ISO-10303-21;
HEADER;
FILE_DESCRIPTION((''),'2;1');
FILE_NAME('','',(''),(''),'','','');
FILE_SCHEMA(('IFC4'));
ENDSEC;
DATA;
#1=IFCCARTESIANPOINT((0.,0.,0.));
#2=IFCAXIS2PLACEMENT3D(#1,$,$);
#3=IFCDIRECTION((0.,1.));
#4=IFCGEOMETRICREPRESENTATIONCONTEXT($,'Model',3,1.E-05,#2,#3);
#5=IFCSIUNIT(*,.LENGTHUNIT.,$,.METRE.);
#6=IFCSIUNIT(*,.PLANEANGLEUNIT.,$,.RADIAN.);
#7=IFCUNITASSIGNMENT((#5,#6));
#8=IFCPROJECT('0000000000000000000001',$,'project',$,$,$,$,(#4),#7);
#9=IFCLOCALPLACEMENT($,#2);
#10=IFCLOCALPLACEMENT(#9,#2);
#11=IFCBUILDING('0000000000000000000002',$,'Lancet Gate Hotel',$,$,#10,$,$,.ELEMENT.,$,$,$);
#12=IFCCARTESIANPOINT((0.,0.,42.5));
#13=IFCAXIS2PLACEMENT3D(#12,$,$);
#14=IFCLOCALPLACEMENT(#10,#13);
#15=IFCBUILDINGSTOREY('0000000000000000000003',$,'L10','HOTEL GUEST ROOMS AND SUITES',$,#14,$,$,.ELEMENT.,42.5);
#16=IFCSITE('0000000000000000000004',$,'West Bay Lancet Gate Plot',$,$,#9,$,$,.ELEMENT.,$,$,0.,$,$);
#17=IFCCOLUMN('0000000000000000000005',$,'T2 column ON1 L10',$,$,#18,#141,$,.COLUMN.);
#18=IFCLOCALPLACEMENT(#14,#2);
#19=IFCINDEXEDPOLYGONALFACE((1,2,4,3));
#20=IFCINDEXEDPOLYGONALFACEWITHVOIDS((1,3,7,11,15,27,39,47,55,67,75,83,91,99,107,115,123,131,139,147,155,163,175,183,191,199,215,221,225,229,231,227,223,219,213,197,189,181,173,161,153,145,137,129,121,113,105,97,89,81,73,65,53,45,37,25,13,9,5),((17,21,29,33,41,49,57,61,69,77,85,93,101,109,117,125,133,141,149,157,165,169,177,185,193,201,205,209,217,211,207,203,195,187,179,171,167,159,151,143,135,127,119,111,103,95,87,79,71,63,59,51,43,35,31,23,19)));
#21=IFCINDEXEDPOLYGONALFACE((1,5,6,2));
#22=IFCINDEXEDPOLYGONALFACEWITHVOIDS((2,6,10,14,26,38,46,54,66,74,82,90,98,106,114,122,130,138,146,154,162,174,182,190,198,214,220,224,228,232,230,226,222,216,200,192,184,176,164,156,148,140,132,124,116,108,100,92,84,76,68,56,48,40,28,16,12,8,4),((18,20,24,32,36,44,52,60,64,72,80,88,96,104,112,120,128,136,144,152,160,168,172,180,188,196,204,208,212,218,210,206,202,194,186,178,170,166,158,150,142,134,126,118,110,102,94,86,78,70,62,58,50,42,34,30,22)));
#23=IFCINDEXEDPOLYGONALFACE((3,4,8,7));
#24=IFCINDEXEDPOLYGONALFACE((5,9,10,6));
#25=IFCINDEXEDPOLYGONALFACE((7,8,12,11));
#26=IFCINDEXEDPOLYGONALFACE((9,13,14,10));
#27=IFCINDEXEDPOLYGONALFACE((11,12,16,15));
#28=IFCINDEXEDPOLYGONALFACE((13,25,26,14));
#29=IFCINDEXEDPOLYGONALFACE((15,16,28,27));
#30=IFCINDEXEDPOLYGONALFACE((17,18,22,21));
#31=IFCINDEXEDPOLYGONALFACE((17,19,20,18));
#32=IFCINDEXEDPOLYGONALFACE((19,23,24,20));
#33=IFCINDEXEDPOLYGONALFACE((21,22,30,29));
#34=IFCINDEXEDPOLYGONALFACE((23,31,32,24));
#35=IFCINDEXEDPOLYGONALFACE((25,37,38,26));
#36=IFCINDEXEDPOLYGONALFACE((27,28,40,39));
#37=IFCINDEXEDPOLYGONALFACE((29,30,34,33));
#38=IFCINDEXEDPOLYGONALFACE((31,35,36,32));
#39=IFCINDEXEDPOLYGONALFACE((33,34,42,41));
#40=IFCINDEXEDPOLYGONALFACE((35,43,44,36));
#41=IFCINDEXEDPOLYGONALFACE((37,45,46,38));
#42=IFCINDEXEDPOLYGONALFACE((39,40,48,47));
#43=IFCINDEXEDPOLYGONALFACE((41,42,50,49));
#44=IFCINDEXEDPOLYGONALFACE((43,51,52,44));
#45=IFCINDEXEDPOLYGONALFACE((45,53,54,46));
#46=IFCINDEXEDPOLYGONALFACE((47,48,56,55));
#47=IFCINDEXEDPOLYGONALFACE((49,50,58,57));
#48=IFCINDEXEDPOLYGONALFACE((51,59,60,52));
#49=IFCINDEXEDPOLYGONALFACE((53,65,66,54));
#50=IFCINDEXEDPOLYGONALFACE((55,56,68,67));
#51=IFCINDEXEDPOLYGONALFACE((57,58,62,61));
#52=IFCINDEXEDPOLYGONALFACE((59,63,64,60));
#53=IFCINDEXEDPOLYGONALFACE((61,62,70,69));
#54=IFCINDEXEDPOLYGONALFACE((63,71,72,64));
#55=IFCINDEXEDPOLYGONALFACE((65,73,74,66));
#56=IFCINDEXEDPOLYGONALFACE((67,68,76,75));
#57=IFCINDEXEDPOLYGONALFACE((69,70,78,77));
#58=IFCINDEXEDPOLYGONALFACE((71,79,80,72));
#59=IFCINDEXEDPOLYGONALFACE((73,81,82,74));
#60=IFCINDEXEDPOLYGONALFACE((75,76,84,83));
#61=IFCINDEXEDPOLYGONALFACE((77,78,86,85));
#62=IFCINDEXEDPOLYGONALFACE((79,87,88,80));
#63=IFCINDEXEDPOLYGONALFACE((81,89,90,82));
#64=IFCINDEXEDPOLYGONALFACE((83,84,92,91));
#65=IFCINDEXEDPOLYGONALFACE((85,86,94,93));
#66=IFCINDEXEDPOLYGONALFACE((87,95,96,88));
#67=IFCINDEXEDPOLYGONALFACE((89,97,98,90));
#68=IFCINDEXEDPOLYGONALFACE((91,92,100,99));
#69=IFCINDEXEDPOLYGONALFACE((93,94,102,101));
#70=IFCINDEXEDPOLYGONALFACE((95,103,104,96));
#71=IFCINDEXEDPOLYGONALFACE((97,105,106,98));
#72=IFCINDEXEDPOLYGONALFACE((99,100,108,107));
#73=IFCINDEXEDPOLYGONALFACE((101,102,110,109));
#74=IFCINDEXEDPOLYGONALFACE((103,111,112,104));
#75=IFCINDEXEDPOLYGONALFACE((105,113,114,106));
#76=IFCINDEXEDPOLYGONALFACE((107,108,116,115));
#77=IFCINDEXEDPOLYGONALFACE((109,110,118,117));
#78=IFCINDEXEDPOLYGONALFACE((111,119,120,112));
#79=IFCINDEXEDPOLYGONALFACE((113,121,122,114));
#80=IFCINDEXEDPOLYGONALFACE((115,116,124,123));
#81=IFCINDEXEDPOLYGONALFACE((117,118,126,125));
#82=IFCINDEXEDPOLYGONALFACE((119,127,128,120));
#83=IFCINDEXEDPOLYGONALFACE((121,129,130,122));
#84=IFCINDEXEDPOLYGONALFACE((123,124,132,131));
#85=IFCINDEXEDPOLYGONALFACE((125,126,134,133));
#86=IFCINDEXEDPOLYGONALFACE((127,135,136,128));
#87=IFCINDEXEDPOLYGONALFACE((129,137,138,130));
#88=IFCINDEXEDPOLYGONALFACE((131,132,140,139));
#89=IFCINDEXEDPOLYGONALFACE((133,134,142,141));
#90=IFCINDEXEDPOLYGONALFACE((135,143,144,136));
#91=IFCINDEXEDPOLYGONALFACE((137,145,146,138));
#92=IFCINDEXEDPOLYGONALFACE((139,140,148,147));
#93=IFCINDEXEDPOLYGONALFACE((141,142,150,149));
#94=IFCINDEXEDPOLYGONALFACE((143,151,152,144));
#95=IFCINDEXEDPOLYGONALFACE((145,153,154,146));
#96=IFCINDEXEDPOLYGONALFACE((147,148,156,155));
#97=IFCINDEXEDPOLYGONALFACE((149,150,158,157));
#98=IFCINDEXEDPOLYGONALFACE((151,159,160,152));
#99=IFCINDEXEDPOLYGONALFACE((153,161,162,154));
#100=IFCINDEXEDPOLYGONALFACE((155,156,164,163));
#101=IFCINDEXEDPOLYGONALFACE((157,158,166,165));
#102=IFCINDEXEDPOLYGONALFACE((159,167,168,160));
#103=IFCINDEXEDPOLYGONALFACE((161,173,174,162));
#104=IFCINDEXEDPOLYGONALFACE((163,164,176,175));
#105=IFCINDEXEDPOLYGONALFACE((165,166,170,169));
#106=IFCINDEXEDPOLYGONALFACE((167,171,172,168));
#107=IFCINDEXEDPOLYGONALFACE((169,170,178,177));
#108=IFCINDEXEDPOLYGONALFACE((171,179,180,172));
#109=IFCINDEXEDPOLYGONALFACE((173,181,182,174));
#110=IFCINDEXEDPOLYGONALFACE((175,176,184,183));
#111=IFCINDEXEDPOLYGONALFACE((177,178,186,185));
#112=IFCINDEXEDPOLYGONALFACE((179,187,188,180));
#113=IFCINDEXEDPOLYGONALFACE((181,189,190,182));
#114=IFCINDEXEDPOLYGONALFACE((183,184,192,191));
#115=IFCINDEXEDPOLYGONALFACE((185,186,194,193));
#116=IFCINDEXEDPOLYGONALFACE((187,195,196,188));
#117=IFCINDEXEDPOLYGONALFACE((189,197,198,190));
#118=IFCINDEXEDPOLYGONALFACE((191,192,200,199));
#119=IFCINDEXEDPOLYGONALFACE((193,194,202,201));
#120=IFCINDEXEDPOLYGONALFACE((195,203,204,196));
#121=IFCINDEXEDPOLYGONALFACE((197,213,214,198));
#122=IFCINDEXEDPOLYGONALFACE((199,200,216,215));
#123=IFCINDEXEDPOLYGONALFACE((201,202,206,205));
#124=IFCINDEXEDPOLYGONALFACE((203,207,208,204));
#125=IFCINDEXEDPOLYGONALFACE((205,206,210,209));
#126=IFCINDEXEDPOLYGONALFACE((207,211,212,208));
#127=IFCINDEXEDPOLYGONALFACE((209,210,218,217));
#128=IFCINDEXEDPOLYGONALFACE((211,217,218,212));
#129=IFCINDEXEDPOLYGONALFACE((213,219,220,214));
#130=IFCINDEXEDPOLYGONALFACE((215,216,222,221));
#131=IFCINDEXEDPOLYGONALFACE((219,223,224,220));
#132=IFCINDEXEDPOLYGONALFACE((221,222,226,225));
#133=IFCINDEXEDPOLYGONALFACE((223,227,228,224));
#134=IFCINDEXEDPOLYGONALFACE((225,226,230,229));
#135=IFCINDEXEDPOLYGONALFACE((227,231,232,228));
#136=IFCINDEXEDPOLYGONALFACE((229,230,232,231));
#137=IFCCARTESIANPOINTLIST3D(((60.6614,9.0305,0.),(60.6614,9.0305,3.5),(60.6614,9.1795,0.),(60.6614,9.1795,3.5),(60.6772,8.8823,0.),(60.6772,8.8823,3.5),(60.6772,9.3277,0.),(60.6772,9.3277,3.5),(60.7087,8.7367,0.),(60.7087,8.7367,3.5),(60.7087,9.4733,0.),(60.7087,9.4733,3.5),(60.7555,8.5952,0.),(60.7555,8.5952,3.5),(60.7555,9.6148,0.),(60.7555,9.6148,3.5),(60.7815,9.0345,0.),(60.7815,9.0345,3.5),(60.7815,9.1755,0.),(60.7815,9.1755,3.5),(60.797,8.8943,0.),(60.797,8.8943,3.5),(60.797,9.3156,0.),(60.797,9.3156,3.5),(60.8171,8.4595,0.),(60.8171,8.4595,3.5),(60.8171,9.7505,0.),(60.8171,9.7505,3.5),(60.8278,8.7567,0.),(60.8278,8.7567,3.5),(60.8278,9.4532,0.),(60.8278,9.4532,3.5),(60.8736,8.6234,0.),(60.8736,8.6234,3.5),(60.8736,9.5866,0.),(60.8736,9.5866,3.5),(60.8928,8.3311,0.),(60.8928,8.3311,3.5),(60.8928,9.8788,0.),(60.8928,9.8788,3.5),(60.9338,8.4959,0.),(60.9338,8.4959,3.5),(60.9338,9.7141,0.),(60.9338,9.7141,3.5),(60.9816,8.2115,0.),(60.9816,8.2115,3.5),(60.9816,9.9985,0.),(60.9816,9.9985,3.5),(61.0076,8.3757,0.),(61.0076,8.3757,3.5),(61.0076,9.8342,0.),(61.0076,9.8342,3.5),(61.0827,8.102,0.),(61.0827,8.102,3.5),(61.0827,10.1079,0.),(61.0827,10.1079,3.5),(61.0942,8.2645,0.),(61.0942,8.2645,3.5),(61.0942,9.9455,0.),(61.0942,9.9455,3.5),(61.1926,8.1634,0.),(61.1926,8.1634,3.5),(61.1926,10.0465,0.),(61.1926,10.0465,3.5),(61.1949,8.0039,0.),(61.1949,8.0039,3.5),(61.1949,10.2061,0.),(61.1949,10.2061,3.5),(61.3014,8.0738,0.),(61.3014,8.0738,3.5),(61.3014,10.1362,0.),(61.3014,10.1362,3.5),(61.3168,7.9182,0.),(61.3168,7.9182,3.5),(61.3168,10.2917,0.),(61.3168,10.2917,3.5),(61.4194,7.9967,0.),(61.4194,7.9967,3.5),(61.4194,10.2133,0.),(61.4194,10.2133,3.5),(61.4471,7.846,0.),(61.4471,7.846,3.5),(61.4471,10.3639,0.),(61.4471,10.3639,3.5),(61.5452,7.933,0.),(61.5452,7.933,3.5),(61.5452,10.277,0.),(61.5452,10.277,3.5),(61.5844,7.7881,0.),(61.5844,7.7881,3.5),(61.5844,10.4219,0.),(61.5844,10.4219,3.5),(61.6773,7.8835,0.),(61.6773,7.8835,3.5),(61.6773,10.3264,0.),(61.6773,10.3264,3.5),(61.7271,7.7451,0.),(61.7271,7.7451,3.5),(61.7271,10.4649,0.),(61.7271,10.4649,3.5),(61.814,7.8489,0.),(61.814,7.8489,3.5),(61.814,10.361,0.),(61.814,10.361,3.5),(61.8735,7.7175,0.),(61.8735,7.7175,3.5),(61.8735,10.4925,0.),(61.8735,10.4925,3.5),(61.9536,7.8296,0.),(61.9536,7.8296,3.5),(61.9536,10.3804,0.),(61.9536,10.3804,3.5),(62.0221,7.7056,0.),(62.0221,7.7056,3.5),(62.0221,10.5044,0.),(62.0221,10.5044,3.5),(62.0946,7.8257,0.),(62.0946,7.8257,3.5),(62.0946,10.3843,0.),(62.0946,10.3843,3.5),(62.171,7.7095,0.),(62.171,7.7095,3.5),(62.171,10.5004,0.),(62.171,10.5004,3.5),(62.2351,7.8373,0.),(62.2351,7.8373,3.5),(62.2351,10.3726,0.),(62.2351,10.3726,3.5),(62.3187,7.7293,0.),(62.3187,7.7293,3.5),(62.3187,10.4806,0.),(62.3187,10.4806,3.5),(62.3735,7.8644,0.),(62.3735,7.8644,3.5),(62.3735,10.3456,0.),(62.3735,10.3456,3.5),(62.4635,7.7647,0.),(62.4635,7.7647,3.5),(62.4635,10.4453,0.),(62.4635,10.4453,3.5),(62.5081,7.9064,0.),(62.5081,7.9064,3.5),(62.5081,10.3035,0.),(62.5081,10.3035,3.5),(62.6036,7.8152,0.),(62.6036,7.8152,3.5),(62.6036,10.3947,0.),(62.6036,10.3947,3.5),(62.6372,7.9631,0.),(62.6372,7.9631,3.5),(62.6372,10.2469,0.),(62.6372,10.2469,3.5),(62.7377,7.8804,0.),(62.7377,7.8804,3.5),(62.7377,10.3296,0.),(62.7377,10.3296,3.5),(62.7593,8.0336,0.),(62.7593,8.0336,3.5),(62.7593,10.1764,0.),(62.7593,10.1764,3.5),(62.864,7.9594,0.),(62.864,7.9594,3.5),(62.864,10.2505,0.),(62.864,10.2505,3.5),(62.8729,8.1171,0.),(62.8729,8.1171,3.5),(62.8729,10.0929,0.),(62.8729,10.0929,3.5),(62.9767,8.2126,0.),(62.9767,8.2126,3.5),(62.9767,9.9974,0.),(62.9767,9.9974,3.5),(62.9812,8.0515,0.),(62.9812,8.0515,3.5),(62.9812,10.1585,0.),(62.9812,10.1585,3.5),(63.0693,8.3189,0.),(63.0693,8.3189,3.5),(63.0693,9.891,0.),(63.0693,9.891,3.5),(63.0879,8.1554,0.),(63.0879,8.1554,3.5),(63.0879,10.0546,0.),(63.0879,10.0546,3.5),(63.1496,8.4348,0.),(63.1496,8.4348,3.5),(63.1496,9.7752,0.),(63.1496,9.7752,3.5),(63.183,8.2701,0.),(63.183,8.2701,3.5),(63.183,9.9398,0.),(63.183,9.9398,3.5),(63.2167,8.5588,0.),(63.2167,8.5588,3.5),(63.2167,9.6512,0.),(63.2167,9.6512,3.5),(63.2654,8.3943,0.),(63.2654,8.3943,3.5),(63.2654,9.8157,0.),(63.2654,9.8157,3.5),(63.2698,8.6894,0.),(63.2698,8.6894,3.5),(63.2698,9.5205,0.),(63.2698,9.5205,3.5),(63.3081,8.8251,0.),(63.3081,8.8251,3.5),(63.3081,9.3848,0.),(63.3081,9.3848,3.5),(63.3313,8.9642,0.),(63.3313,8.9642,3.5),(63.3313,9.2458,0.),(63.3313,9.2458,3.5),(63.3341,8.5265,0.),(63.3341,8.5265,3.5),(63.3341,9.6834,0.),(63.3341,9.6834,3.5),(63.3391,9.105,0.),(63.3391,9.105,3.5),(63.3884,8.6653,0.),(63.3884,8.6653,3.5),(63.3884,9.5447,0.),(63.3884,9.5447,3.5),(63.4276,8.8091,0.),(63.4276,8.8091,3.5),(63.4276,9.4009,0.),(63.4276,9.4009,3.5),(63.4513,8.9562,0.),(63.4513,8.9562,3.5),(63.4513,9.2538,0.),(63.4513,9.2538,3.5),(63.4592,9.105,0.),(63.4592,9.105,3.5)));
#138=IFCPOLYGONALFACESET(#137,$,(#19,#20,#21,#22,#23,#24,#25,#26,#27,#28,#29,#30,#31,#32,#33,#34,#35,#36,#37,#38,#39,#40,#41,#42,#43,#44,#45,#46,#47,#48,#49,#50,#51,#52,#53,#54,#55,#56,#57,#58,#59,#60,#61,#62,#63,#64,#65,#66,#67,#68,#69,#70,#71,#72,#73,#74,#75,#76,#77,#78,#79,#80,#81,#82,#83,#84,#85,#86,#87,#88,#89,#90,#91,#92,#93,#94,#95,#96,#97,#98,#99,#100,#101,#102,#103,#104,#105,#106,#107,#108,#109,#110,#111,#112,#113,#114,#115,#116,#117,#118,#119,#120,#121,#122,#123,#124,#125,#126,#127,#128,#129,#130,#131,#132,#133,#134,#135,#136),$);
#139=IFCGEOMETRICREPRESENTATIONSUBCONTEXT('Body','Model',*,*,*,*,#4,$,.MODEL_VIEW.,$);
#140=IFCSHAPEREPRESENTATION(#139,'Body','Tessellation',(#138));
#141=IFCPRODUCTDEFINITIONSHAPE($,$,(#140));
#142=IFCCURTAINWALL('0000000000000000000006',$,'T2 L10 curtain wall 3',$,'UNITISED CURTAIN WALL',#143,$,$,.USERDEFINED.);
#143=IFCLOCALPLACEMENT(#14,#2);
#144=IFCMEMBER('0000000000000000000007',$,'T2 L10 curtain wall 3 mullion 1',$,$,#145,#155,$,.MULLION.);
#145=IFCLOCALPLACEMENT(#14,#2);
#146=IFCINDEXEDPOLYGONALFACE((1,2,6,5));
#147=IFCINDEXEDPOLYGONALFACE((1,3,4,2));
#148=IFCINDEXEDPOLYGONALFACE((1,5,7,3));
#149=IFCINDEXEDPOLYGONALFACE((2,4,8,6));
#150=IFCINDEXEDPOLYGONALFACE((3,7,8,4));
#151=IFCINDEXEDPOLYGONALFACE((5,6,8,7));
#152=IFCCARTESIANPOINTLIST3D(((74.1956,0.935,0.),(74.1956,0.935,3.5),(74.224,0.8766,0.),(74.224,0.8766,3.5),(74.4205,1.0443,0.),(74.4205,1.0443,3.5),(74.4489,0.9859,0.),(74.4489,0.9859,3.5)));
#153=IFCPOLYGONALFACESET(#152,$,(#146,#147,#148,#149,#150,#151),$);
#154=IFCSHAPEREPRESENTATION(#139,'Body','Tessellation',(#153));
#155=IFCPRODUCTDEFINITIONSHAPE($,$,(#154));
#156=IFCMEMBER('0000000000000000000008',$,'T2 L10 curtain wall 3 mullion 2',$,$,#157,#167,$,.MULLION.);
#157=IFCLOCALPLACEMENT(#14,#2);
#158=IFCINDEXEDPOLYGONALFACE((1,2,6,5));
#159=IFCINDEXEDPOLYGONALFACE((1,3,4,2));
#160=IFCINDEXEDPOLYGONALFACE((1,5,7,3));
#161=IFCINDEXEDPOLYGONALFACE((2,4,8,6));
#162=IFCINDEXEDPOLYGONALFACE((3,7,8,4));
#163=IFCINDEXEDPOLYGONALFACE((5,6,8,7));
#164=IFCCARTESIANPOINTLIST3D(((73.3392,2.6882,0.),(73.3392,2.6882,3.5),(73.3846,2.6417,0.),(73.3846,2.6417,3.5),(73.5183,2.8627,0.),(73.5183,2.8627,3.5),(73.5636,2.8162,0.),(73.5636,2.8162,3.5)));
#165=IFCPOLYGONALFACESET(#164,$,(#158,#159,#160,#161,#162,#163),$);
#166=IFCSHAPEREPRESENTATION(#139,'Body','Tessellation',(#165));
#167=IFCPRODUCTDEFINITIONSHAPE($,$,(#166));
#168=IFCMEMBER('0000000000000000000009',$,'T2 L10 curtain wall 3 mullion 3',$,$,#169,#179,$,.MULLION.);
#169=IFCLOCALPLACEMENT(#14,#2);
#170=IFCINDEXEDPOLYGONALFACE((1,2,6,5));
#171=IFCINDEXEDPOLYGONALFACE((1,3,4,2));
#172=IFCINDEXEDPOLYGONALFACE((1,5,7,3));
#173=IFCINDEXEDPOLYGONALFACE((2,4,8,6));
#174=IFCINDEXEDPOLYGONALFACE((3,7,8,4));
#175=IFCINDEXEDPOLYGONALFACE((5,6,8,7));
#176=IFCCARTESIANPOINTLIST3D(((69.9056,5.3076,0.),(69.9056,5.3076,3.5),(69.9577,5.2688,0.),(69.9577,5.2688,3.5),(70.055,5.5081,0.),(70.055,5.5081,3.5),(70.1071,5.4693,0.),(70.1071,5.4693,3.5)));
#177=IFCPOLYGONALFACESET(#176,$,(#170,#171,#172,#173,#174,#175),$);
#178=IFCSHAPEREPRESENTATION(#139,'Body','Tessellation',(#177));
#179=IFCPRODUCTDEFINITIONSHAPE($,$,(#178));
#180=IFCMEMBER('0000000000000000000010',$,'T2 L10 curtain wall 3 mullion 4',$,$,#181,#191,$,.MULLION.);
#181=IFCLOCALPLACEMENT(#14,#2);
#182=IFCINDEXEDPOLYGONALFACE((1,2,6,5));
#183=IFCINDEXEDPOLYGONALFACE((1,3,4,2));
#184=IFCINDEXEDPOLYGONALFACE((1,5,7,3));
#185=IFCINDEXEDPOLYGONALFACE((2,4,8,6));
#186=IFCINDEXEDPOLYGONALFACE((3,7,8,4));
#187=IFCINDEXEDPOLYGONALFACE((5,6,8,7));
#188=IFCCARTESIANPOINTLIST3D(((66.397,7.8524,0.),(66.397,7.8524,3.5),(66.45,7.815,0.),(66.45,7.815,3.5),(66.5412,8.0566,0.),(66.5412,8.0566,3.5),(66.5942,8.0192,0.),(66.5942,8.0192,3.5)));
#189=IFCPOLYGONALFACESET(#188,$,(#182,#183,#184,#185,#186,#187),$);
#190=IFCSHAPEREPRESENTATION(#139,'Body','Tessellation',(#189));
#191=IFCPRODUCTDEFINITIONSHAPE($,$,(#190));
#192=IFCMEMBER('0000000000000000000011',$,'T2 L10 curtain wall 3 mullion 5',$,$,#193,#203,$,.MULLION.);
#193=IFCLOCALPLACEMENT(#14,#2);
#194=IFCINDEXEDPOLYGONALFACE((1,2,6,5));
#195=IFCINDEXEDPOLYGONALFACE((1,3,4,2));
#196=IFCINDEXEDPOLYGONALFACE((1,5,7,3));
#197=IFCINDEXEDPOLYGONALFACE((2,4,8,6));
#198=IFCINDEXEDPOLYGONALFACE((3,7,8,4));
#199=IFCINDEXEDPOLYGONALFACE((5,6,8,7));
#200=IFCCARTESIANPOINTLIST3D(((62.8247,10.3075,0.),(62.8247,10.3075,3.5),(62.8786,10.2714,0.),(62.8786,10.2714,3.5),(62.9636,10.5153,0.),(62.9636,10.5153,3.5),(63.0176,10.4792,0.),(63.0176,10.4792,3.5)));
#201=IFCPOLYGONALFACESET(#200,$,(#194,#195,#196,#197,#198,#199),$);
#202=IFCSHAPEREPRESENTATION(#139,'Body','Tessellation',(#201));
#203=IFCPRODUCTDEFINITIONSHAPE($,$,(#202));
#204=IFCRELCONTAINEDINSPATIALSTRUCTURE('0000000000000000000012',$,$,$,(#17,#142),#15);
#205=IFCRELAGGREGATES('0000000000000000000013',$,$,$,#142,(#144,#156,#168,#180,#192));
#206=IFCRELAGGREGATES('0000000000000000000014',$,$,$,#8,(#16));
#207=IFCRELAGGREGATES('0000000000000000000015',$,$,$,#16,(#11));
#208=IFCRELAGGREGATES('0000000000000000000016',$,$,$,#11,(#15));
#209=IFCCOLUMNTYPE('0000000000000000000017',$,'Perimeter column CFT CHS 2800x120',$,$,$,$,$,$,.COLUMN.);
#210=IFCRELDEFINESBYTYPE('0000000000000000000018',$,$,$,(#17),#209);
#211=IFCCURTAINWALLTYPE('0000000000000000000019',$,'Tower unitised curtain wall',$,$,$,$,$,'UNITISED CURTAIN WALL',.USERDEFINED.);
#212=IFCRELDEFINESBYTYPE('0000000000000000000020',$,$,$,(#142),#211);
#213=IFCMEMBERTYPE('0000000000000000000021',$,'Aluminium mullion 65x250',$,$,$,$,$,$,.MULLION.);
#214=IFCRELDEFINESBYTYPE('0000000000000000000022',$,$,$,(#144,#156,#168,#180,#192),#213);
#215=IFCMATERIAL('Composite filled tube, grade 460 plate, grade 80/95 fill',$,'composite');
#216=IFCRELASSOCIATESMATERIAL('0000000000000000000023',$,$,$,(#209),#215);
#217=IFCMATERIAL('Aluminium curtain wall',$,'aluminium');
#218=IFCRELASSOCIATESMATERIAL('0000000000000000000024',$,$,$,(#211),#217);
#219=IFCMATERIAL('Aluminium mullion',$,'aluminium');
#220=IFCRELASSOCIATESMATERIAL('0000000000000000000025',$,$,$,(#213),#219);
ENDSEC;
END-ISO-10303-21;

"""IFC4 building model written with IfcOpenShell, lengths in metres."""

from ifc_helpers import new_model, si_unit, direction, frame, origin, origin_2d, place, context, subcontext, project, spatial, rectangle, hollow_circle, extrude, material, material_profile, profile_set, type_object, element, aggregate, save


model = new_model("IFC4")

# Units and contexts
model_context = context("Model", 3, precision=1e-05, world=origin(), true_north=direction((0.0, 1.0)))
body_context = subcontext(model_context, "Body", "Model", "MODEL_VIEW")
ifc_project = project(units=[si_unit("LENGTHUNIT", "METRE"), si_unit("PLANEANGLEUNIT", "RADIAN")], contexts=[model_context])

# Site, building, storey
site_placement = place(None, origin())
site = spatial("IfcSite", under=ifc_project, at=site_placement, Name="West Bay Lancet Gate Plot", CompositionType="ELEMENT", RefElevation=0.0)
building_placement = place(site_placement, origin())
building = spatial("IfcBuilding", under=site, at=building_placement, Name="Lancet Gate Hotel", CompositionType="ELEMENT")
storey_placement = place(building_placement, frame((0.0, 0.0, 42.5)))
storey = spatial("IfcBuildingStorey", under=building, at=storey_placement, Name="L10", Description="HOTEL GUEST ROOMS AND SUITES", CompositionType="ELEMENT", Elevation=42.5)

# Column
ifc_material_1 = material(Name="Composite filled tube, grade 460 plate, grade 80/95 fill", Category="composite")
ifc_material_profile_1 = material_profile(ifc_material_1, hollow_circle(Radius=1.3999, WallThickness=0.1201, at=origin_2d()), Name="CHS 2800x120")
ifc_profile_set_1 = profile_set([ifc_material_profile_1], Name="Composite filled tube, grade 460 plate, grade 80/95 fill")
column_type_1 = type_object("IfcColumnType", Name="Perimeter column CFT CHS 2800x120", PredefinedType="COLUMN", material=ifc_profile_set_1)
column_1_placement = place(storey_placement, frame((62.0593, 9.105, 0.0), z_axis=(0.0, 0.0, 1.0), x_axis=(1.0, 0.0, 0.0)))
element("IfcColumn", 1, at=column_1_placement, inside=storey, type_object=column_type_1, Name="T2 column ON1 L10", PredefinedType="COLUMN", context=body_context, shape_type="SweptSolid", body=[
    extrude(hollow_circle(Radius=1.3999, WallThickness=0.1201, at=origin_2d()), origin(), (0.0, 0.0, 1.0), 3.5),
])

# Curtain wall, members
ifc_material_2 = material(Name="Aluminium curtain wall", Category="aluminium")
curtain_wall_type = type_object("IfcCurtainWallType", Name="Tower unitised curtain wall", ElementType="UNITISED CURTAIN WALL", PredefinedType="USERDEFINED", material=ifc_material_2)
curtain_wall_placement = place(storey_placement, origin())
curtain_wall = element("IfcCurtainWall", 2, at=curtain_wall_placement, inside=storey, type_object=curtain_wall_type, Name="T2 L10 curtain wall 3", ObjectType="UNITISED CURTAIN WALL", PredefinedType="USERDEFINED")
ifc_material_3 = material(Name="Aluminium mullion", Category="aluminium")
ifc_material_profile_2 = material_profile(ifc_material_3, rectangle(XDim=0.0649, YDim=0.25, at=origin_2d()), Name="MULLION 65x250")
ifc_profile_set_2 = profile_set([ifc_material_profile_2], Name="Aluminium mullion")
member_type_1 = type_object("IfcMemberType", Name="Aluminium mullion 65x250", PredefinedType="MULLION", material=ifc_profile_set_2)
member_1_placement = place(storey_placement, frame((74.3223, 0.9604, 0.0), z_axis=(0.0, 0.0, 1.0), x_axis=(-0.437169, 0.899379, 0.0)))
member_1 = element("IfcMember", 3, at=member_1_placement, type_object=member_type_1, Name="T2 L10 curtain wall 3 mullion 1", PredefinedType="MULLION", context=body_context, shape_type="SweptSolid", body=[
    extrude(rectangle(XDim=0.0649, YDim=0.25, at=origin_2d()), origin(), (0.0, 0.0, 1.0), 3.5),
])
member_2_placement = place(storey_placement, frame((73.4514, 2.7522, 0.0), z_axis=(0.0, 0.0, 1.0), x_axis=(-0.697983, 0.716114, 0.0)))
member_2 = element("IfcMember", 4, at=member_2_placement, type_object=member_type_1, Name="T2 L10 curtain wall 3 mullion 2", PredefinedType="MULLION", context=body_context, shape_type="SweptSolid", body=[
    extrude(rectangle(XDim=0.0649, YDim=0.25, at=origin_2d()), origin(), (0.0, 0.0, 1.0), 3.5),
])
member_3_placement = place(storey_placement, frame((70.0063, 5.3884, 0.0), z_axis=(0.0, 0.0, 1.0), x_axis=(-0.80183, 0.597552, 0.0)))
member_3 = element("IfcMember", 5, at=member_3_placement, type_object=member_type_1, Name="T2 L10 curtain wall 3 mullion 3", PredefinedType="MULLION", context=body_context, shape_type="SweptSolid", body=[
    extrude(rectangle(XDim=0.0649, YDim=0.25, at=origin_2d()), origin(), (0.0, 0.0, 1.0), 3.5),
])
member_4_placement = place(storey_placement, frame((66.4956, 7.9358, 0.0), z_axis=(0.0, 0.0, 1.0), x_axis=(-0.816779, 0.576951, 0.0)))
member_4 = element("IfcMember", 6, at=member_4_placement, type_object=member_type_1, Name="T2 L10 curtain wall 3 mullion 4", PredefinedType="MULLION", context=body_context, shape_type="SweptSolid", body=[
    extrude(rectangle(XDim=0.0649, YDim=0.25, at=origin_2d()), origin(), (0.0, 0.0, 1.0), 3.5),
])
member_5_placement = place(storey_placement, frame((62.9211, 10.3933, 0.0), z_axis=(0.0, 0.0, 1.0), x_axis=(-0.831198, 0.555976, 0.0)))
member_5 = element("IfcMember", 7, at=member_5_placement, type_object=member_type_1, Name="T2 L10 curtain wall 3 mullion 5", PredefinedType="MULLION", context=body_context, shape_type="SweptSolid", body=[
    extrude(rectangle(XDim=0.0649, YDim=0.25, at=origin_2d()), origin(), (0.0, 0.0, 1.0), 3.5),
])

aggregate(curtain_wall, [member_1, member_2, member_3, member_4, member_5])

save(model, "model.ifc")
